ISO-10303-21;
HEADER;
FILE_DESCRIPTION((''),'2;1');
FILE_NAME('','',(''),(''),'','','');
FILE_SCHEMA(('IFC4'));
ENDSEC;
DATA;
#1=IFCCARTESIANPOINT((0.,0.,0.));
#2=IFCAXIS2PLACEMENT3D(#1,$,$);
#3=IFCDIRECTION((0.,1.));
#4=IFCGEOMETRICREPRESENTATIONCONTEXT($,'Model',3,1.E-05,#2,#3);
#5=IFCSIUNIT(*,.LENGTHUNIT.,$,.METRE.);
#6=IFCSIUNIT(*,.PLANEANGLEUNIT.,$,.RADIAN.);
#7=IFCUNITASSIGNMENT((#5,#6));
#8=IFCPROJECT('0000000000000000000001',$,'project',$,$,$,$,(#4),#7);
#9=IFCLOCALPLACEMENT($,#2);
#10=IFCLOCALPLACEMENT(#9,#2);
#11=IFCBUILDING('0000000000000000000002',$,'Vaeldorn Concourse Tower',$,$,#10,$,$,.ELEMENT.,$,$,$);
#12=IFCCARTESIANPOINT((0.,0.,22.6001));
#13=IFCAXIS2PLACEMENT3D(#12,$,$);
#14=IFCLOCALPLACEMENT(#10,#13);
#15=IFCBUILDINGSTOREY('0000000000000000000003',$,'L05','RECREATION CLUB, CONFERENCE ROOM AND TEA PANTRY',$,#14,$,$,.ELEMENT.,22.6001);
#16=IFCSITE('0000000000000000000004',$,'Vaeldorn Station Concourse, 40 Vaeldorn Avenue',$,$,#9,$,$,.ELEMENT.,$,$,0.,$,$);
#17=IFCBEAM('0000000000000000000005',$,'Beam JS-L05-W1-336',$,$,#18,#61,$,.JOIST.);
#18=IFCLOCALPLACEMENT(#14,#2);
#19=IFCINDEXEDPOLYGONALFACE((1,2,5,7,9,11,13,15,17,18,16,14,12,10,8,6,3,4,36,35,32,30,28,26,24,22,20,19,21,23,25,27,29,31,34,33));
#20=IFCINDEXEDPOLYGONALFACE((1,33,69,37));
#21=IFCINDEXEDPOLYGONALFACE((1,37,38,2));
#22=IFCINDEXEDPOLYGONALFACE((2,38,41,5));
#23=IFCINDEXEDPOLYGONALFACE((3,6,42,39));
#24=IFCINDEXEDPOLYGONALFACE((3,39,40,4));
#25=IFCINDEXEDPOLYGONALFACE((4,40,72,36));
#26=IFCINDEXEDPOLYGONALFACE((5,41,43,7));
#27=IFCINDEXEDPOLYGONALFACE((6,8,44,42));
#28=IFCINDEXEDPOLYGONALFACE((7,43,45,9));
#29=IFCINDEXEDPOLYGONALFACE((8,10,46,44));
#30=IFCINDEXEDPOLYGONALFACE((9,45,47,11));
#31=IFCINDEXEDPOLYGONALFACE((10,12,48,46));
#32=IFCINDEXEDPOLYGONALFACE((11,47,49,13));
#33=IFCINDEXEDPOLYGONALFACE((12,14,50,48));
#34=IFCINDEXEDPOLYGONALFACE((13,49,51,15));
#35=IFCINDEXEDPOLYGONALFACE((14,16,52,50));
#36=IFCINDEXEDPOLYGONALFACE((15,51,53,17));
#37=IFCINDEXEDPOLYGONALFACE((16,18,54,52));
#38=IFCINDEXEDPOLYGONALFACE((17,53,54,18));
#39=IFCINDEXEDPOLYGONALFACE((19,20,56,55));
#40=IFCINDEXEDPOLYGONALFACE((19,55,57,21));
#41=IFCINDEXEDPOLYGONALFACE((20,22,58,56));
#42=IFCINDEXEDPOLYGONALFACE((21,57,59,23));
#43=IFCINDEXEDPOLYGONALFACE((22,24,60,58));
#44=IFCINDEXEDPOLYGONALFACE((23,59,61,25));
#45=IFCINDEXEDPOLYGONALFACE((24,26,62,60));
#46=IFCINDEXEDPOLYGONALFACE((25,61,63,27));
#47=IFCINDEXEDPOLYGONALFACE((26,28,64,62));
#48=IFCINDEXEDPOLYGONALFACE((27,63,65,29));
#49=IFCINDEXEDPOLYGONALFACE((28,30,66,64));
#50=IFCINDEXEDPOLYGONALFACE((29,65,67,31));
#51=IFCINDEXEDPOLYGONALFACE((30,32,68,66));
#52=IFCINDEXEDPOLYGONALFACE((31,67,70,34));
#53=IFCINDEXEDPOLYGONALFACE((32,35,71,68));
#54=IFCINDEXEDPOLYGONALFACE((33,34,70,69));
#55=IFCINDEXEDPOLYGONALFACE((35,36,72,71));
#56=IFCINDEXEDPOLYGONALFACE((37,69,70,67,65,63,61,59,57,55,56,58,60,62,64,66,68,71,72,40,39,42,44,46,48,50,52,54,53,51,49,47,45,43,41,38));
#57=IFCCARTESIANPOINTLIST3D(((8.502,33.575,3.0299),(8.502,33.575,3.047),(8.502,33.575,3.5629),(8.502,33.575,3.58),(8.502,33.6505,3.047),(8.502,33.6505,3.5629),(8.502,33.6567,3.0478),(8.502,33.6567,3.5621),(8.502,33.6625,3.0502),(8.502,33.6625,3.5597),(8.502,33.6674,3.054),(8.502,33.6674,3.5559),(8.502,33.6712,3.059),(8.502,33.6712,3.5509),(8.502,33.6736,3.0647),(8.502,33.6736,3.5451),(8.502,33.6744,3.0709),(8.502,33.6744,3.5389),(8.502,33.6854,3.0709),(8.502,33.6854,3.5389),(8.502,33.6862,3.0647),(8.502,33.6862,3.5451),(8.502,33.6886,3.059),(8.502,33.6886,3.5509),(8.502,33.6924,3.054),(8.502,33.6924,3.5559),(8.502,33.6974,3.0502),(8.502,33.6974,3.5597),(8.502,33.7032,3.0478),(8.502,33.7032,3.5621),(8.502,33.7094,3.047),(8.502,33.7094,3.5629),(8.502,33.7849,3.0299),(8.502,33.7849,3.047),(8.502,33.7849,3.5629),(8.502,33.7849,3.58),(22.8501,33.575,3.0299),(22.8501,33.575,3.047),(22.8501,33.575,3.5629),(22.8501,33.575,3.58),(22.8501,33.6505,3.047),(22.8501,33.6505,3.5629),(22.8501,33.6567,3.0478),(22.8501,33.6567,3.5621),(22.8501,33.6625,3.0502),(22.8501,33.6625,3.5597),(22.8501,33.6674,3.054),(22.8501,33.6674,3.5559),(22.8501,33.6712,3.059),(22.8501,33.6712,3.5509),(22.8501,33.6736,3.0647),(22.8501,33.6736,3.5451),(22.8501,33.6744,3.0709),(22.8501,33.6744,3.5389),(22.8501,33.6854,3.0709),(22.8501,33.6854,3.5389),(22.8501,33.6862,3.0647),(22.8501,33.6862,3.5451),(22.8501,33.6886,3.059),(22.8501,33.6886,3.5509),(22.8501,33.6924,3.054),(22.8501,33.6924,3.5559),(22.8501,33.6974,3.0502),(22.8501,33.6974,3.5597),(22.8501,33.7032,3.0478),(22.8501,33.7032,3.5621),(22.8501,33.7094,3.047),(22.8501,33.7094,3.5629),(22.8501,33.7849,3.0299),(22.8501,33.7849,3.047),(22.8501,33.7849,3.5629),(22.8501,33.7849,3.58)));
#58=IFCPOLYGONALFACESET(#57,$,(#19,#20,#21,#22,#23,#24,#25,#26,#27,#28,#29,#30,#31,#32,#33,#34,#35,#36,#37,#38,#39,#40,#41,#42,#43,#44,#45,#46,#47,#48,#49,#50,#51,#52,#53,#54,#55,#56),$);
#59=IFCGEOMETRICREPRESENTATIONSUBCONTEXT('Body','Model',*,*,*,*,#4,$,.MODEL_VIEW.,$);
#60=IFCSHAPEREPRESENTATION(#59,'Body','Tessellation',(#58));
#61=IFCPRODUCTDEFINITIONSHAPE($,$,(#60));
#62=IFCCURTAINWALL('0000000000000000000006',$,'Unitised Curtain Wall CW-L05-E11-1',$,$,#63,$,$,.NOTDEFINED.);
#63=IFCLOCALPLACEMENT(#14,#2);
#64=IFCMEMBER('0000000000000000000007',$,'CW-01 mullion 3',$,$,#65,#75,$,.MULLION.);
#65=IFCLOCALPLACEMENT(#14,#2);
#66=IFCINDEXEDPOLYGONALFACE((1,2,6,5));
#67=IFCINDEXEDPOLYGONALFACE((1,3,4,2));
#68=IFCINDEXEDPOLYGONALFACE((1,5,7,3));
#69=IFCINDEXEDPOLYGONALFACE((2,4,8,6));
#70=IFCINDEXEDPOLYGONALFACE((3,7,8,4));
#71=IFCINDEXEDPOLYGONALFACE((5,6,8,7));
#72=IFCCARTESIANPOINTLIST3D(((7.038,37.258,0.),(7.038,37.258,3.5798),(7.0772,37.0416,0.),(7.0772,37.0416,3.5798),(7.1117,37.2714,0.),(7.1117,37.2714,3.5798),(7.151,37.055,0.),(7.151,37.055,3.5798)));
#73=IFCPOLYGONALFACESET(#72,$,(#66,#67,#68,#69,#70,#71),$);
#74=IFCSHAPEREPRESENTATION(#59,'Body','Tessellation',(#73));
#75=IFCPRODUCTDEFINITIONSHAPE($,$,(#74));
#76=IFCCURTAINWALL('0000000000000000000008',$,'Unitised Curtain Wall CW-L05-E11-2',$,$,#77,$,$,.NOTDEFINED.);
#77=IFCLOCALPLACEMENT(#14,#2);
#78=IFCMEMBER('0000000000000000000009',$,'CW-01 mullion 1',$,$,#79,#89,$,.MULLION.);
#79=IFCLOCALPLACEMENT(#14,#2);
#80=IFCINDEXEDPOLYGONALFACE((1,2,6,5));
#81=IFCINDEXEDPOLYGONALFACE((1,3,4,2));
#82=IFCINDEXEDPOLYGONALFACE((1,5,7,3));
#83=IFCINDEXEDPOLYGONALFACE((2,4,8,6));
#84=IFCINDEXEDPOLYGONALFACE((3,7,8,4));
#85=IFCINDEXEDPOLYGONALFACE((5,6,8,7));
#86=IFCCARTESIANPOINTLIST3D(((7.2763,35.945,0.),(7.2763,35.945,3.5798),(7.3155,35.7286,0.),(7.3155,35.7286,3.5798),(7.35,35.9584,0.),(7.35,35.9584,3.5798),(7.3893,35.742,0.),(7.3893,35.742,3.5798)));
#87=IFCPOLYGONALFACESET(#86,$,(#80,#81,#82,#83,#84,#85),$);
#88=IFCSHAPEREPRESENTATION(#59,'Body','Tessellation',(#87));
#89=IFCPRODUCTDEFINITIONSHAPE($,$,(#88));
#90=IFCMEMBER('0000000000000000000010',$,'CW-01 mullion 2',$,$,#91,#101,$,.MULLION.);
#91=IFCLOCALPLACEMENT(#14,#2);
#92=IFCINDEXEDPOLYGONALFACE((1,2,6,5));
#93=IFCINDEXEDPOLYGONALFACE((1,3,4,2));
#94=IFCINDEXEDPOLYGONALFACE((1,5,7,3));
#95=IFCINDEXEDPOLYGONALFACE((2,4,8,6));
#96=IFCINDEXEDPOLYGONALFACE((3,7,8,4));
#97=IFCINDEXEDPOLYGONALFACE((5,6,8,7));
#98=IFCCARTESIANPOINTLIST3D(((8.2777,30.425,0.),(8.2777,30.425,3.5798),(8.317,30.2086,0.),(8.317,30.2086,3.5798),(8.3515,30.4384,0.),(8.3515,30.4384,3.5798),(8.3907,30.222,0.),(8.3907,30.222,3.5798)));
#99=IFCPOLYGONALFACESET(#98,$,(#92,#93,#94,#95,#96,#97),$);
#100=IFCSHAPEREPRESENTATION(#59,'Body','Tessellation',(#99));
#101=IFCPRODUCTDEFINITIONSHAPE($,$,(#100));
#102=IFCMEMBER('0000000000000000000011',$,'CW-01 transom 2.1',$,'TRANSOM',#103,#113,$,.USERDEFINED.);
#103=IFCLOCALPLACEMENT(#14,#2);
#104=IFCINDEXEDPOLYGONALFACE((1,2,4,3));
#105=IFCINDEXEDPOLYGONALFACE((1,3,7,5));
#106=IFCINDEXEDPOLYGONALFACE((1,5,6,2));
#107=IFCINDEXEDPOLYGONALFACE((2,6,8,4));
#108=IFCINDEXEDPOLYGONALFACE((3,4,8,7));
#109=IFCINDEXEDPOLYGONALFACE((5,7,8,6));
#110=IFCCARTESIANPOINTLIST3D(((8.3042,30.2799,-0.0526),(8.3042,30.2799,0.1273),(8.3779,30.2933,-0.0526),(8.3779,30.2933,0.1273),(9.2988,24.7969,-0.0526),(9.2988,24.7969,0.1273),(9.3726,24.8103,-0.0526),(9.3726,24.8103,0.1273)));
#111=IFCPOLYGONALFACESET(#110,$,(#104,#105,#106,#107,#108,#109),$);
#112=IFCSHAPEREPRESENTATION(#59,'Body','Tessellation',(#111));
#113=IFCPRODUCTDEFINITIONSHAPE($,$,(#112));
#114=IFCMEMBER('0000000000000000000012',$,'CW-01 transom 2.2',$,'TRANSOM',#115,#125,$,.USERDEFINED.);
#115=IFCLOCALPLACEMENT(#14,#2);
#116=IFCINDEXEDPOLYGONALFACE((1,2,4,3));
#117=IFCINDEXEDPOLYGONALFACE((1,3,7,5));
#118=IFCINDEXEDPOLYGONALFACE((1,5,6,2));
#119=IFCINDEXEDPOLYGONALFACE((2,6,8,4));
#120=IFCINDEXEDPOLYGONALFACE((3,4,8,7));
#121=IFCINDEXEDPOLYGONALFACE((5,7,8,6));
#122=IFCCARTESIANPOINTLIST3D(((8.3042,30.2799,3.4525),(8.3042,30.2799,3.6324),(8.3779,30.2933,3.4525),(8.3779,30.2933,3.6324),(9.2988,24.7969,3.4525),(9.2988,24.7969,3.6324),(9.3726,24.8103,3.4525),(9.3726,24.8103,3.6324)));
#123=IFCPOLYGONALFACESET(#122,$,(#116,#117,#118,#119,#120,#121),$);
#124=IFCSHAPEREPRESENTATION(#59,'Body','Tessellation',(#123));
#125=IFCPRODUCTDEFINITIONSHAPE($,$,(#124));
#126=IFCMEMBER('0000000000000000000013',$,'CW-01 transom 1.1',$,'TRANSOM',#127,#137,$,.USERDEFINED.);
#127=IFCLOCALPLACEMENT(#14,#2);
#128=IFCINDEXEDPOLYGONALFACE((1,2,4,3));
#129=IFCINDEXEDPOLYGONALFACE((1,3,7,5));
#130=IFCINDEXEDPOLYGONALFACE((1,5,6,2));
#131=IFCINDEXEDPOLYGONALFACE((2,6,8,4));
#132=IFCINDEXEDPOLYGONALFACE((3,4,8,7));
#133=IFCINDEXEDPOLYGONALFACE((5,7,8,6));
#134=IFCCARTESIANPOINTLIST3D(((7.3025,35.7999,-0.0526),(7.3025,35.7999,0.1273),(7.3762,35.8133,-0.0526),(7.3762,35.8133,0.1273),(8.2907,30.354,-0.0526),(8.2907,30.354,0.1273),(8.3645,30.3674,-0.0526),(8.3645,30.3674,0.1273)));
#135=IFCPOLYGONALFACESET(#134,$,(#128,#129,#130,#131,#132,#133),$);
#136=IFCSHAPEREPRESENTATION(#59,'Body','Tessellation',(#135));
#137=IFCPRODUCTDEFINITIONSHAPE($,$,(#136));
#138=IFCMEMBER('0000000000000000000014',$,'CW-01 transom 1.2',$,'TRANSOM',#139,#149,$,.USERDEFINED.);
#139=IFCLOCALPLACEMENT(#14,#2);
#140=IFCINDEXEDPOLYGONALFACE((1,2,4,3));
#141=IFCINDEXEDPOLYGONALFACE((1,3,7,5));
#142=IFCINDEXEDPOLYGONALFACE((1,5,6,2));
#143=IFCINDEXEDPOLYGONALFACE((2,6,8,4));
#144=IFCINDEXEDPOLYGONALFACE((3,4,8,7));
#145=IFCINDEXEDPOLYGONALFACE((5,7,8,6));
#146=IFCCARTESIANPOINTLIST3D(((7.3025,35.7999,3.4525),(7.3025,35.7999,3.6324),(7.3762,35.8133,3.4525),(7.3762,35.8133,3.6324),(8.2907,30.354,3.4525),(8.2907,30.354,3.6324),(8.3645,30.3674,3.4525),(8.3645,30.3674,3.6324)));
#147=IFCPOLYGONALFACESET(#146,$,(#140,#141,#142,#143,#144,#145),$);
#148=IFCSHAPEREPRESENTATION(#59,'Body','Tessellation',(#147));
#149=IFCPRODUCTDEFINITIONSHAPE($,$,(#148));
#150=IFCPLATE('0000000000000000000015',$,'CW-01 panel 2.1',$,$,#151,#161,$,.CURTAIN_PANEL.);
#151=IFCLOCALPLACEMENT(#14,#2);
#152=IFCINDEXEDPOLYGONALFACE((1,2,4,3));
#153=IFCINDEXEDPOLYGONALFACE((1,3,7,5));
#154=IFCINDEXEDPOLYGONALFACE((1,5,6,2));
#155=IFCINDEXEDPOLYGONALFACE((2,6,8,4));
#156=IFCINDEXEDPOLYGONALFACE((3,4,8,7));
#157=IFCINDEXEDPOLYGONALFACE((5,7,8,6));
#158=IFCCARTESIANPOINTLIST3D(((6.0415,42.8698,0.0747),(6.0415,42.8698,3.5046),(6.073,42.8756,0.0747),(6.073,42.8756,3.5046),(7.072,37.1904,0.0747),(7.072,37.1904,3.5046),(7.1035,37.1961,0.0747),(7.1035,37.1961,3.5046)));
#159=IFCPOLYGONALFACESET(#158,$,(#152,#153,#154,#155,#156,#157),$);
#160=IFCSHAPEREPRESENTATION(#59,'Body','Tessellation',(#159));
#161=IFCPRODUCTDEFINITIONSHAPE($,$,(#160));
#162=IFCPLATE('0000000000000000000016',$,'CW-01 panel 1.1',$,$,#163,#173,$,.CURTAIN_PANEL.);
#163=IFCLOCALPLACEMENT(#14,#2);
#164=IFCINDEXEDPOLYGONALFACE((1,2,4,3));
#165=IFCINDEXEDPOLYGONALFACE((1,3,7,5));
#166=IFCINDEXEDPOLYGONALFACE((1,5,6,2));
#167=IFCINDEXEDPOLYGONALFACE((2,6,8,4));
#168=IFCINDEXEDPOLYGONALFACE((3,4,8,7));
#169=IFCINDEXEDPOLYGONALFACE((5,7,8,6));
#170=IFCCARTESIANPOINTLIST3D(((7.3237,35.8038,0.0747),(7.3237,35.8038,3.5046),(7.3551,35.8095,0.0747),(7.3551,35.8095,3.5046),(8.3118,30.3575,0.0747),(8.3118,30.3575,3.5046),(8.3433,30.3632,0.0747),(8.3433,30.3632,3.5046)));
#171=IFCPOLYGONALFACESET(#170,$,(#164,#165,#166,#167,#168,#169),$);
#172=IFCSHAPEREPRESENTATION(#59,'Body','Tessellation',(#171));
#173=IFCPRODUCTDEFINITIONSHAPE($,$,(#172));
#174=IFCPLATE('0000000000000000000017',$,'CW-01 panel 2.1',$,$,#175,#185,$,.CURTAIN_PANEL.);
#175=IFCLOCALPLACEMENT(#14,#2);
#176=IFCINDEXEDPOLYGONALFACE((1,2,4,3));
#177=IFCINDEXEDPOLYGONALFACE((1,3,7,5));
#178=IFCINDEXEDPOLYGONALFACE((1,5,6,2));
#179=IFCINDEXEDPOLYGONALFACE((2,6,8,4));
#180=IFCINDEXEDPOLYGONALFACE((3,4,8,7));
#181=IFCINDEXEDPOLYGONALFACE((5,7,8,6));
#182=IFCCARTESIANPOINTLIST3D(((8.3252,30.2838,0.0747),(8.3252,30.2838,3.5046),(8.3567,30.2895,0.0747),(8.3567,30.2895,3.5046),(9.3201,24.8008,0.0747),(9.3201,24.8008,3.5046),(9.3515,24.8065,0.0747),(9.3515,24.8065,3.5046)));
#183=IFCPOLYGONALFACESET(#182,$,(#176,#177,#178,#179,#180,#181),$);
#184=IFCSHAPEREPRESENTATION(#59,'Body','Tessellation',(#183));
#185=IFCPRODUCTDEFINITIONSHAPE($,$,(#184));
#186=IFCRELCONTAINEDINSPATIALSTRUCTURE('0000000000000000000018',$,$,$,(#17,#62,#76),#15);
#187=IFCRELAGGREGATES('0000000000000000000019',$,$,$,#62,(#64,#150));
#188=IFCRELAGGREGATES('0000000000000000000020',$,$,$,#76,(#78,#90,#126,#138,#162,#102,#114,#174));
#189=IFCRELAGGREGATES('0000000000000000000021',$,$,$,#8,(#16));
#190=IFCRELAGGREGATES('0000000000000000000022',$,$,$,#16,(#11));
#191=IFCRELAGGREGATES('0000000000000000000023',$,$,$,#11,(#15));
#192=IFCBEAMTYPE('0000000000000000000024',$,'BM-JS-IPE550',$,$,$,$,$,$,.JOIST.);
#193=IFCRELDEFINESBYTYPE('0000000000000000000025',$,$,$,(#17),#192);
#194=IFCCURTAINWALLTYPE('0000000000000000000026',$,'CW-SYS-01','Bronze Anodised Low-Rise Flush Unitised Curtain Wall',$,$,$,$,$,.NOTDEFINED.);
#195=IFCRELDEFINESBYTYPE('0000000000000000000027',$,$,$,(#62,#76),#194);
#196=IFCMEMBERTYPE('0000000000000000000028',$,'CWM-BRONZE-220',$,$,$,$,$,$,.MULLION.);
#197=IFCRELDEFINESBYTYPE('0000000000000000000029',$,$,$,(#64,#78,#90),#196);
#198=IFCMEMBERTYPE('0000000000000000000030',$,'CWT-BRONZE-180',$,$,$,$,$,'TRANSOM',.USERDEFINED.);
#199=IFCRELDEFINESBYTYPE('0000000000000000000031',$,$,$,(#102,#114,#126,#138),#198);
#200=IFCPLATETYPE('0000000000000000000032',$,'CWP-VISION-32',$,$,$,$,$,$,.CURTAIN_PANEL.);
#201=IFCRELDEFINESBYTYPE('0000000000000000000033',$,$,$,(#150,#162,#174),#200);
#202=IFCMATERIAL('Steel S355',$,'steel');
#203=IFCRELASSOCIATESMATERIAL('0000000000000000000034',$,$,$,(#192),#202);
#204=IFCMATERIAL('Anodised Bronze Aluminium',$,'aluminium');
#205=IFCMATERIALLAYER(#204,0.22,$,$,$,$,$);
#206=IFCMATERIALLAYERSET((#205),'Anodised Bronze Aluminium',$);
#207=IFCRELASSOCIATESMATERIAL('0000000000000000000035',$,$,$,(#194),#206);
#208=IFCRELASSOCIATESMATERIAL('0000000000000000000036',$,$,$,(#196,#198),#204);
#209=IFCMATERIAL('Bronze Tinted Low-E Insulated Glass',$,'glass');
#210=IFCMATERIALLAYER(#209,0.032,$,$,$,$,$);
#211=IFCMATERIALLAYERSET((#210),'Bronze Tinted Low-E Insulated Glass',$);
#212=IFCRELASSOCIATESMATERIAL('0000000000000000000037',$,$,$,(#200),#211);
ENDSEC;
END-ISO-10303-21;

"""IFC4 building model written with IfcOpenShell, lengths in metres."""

from ifc_helpers import new_model, si_unit, direction, frame, origin, origin_2d, place, context, subcontext, project, spatial, rectangle, i_section, extrude, source, transform, mapped, material, layer, layer_set, material_profile, profile_set, type_object, element, aggregate, save


model = new_model("IFC4")

# Units and contexts
model_context = context("Model", 3, precision=1e-05, world=origin(), true_north=direction((0.0, 1.0)))
body_context = subcontext(model_context, "Body", "Model", "MODEL_VIEW")
ifc_project = project(units=[si_unit("LENGTHUNIT", "METRE"), si_unit("PLANEANGLEUNIT", "RADIAN")], contexts=[model_context])

# Site, building, storey
site_placement = place(None, origin())
site = spatial("IfcSite", under=ifc_project, at=site_placement, Name="Vaeldorn Station Concourse, 40 Vaeldorn Avenue", CompositionType="ELEMENT", RefElevation=0.0)
building_placement = place(site_placement, origin())
building = spatial("IfcBuilding", under=site, at=building_placement, Name="Vaeldorn Concourse Tower", CompositionType="ELEMENT")
storey_placement = place(building_placement, frame((0.0, 0.0, 22.6001)))
storey = spatial("IfcBuildingStorey", under=building, at=storey_placement, Name="L05", Description="RECREATION CLUB, CONFERENCE ROOM AND TEA PANTRY", CompositionType="ELEMENT", Elevation=22.6001)

# Beam
ifc_material_1 = material(Name="Steel S355", Category="steel")
ifc_material_profile_1 = material_profile(ifc_material_1, i_section(OverallWidth=0.21, OverallDepth=0.55, WebThickness=0.011, FlangeThickness=0.0171, FilletRadius=0.0239, at=origin_2d()), Name="IPE 550")
ifc_profile_set_1 = profile_set([ifc_material_profile_1], Name="Steel S355")
beam_type_1 = type_object("IfcBeamType", Name="BM-JS-IPE550", PredefinedType="JOIST", material=ifc_profile_set_1)
shared_shape_1 = source(origin(), body_context, "Body", "SweptSolid", [
    extrude(i_section(OverallWidth=0.21, OverallDepth=0.55, WebThickness=0.011, FlangeThickness=0.0171, FilletRadius=0.0239, at=origin_2d()), origin(), (0.0, 0.0, 1.0), 14.3481),
])
beam_1_placement = place(storey_placement, frame((8.502, 33.6799, 3.3049), z_axis=(1.0, 0.0, 0.0), x_axis=(0.0, 1.0, 0.0)))
element("IfcBeam", 1, at=beam_1_placement, inside=storey, type_object=beam_type_1, Name="Beam JS-L05-W1-336", PredefinedType="JOIST", context=body_context, shape_type="MappedRepresentation", body=[
    mapped(shared_shape_1, transform((0.0, 0.0, 0.0), scale=1.0)),
])

# Curtain wall, member
ifc_material_2 = material(Name="Anodised Bronze Aluminium", Category="aluminium")
ifc_layer_1 = layer(ifc_material_2, 0.22)
ifc_layer_set_1 = layer_set([ifc_layer_1], Name="Anodised Bronze Aluminium")
curtain_wall_type = type_object("IfcCurtainWallType", Name="CW-SYS-01", Description="Bronze Anodised Low-Rise Flush Unitised Curtain Wall", PredefinedType="NOTDEFINED", material=ifc_layer_set_1)
curtain_wall_1_placement = place(storey_placement, origin())
curtain_wall_1 = element("IfcCurtainWall", 2, at=curtain_wall_1_placement, inside=storey, type_object=curtain_wall_type, Name="Unitised Curtain Wall CW-L05-E11-1", PredefinedType="NOTDEFINED")
ifc_material_profile_2 = material_profile(ifc_material_2, rectangle(XDim=0.075, YDim=0.22, at=origin_2d()), Name="CWM 75x220")
ifc_profile_set_2 = profile_set([ifc_material_profile_2], Name="Anodised Bronze Aluminium")
member_type_1 = type_object("IfcMemberType", Name="CWM-BRONZE-220", PredefinedType="MULLION", material=ifc_profile_set_2)
shared_shape_2 = source(origin(), body_context, "Body", "SweptSolid", [
    extrude(rectangle(XDim=0.075, YDim=0.22, at=origin_2d()), origin(), (0.0, 0.0, 1.0), 3.5798),
])
member_1_placement = place(storey_placement, frame((7.0945, 37.1565, 0.0), z_axis=(0.0, 0.0, 1.0), x_axis=(0.983935, 0.178528, 0.0)))
member_1 = element("IfcMember", 3, at=member_1_placement, type_object=member_type_1, Name="CW-01 mullion 3", PredefinedType="MULLION", context=body_context, shape_type="MappedRepresentation", body=[
    mapped(shared_shape_2, transform((0.0, 0.0, 0.0), scale=1.0)),
])

# Curtain wall, members
curtain_wall_2_placement = place(storey_placement, origin())
curtain_wall_2 = element("IfcCurtainWall", 4, at=curtain_wall_2_placement, inside=storey, type_object=curtain_wall_type, Name="Unitised Curtain Wall CW-L05-E11-2", PredefinedType="NOTDEFINED")
member_2_placement = place(storey_placement, frame((7.3328, 35.8435, 0.0), z_axis=(0.0, 0.0, 1.0), x_axis=(0.983935, 0.178526, 0.0)))
member_2 = element("IfcMember", 5, at=member_2_placement, type_object=member_type_1, Name="CW-01 mullion 1", PredefinedType="MULLION", context=body_context, shape_type="MappedRepresentation", body=[
    mapped(shared_shape_2, transform((0.0, 0.0, 0.0), scale=1.0)),
])
member_3_placement = place(storey_placement, frame((8.3342, 30.3235, 0.0), z_axis=(0.0, 0.0, 1.0), x_axis=(0.983935, 0.178526, 0.0)))
member_3 = element("IfcMember", 6, at=member_3_placement, type_object=member_type_1, Name="CW-01 mullion 2", PredefinedType="MULLION", context=body_context, shape_type="MappedRepresentation", body=[
    mapped(shared_shape_2, transform((0.0, 0.0, 0.0), scale=1.0)),
])
ifc_material_profile_3 = material_profile(ifc_material_2, rectangle(XDim=0.075, YDim=0.1799, at=origin_2d()), Name="CWT 75x180")
ifc_profile_set_3 = profile_set([ifc_material_profile_3], Name="Anodised Bronze Aluminium")
member_type_2 = type_object("IfcMemberType", Name="CWT-BRONZE-180", ElementType="TRANSOM", PredefinedType="USERDEFINED", material=ifc_profile_set_3)
shared_shape_3 = source(origin(), body_context, "Body", "SweptSolid", [
    extrude(rectangle(XDim=0.075, YDim=0.1799, at=origin_2d()), origin(), (0.0, 0.0, 1.0), 5.5725),
])
member_4_placement = place(storey_placement, frame((8.3411, 30.2866, 0.0374), z_axis=(0.178492, -0.983941, 0.0), x_axis=(0.983941, 0.178492, 0.0)))
member_4 = element("IfcMember", 7, at=member_4_placement, type_object=member_type_2, Name="CW-01 transom 2.1", ObjectType="TRANSOM", PredefinedType="USERDEFINED", context=body_context, shape_type="MappedRepresentation", body=[
    mapped(shared_shape_3, transform((0.0, 0.0, 0.0), scale=1.0)),
])
member_5_placement = place(storey_placement, frame((8.3411, 30.2866, 3.5425), z_axis=(0.178492, -0.983941, 0.0), x_axis=(0.983941, 0.178492, 0.0)))
member_5 = element("IfcMember", 8, at=member_5_placement, type_object=member_type_2, Name="CW-01 transom 2.2", ObjectType="TRANSOM", PredefinedType="USERDEFINED", context=body_context, shape_type="MappedRepresentation", body=[
    mapped(shared_shape_3, transform((0.0, 0.0, 0.0), scale=1.0)),
])
shared_shape_4 = source(origin(), body_context, "Body", "SweptSolid", [
    extrude(rectangle(XDim=0.075, YDim=0.1799, at=origin_2d()), origin(), (0.0, 0.0, 1.0), 5.5349),
])
member_6_placement = place(storey_placement, frame((7.3394, 35.8066, 0.0374), z_axis=(0.178552, -0.983931, 0.0), x_axis=(0.983931, 0.178552, 0.0)))
member_6 = element("IfcMember", 9, at=member_6_placement, type_object=member_type_2, Name="CW-01 transom 1.1", ObjectType="TRANSOM", PredefinedType="USERDEFINED", context=body_context, shape_type="MappedRepresentation", body=[
    mapped(shared_shape_4, transform((0.0, 0.0, 0.0), scale=1.0)),
])
member_7_placement = place(storey_placement, frame((7.3394, 35.8066, 3.5425), z_axis=(0.178552, -0.983931, 0.0), x_axis=(0.983931, 0.178552, 0.0)))
member_7 = element("IfcMember", 10, at=member_7_placement, type_object=member_type_2, Name="CW-01 transom 1.2", ObjectType="TRANSOM", PredefinedType="USERDEFINED", context=body_context, shape_type="MappedRepresentation", body=[
    mapped(shared_shape_4, transform((0.0, 0.0, 0.0), scale=1.0)),
])

# Plates
ifc_material_3 = material(Name="Bronze Tinted Low-E Insulated Glass", Category="glass")
ifc_layer_2 = layer(ifc_material_3, 0.032)
ifc_layer_set_2 = layer_set([ifc_layer_2], Name="Bronze Tinted Low-E Insulated Glass")
plate_type = type_object("IfcPlateType", Name="CWP-VISION-32", PredefinedType="CURTAIN_PANEL", material=ifc_layer_set_2)
shared_shape_5 = source(origin(), body_context, "Body", "SweptSolid", [
    extrude(rectangle(XDim=5.7722, YDim=0.032, at=origin_2d()), origin(), (0.0, 0.0, 1.0), 3.4299),
])
plate_1_placement = place(storey_placement, frame((6.5725, 40.033, 0.0747), z_axis=(0.0, 0.0, 1.0), x_axis=(0.178528, -0.983935, 0.0)))
plate_1 = element("IfcPlate", 11, at=plate_1_placement, type_object=plate_type, Name="CW-01 panel 2.1", PredefinedType="CURTAIN_PANEL", context=body_context, shape_type="MappedRepresentation", body=[
    mapped(shared_shape_5, transform((0.0, 0.0, 0.0), scale=1.0)),
])
aggregate(curtain_wall_1, [member_1, plate_1])
shared_shape_6 = source(origin(), body_context, "Body", "SweptSolid", [
    extrude(rectangle(XDim=5.5352, YDim=0.032, at=origin_2d()), origin(), (0.0, 0.0, 1.0), 3.4299),
])
plate_2_placement = place(storey_placement, frame((7.8335, 33.0835, 0.0747), z_axis=(0.0, 0.0, 1.0), x_axis=(0.178526, -0.983935, 0.0)))
plate_2 = element("IfcPlate", 12, at=plate_2_placement, type_object=plate_type, Name="CW-01 panel 1.1", PredefinedType="CURTAIN_PANEL", context=body_context, shape_type="MappedRepresentation", body=[
    mapped(shared_shape_6, transform((0.0, 0.0, 0.0), scale=1.0)),
])
shared_shape_7 = source(origin(), body_context, "Body", "SweptSolid", [
    extrude(rectangle(XDim=5.5725, YDim=0.032, at=origin_2d()), origin(), (0.0, 0.0, 1.0), 3.4299),
])
plate_3_placement = place(storey_placement, frame((8.8384, 27.5452, 0.0747), z_axis=(0.0, 0.0, 1.0), x_axis=(0.178526, -0.983935, 0.0)))
plate_3 = element("IfcPlate", 13, at=plate_3_placement, type_object=plate_type, Name="CW-01 panel 2.1", PredefinedType="CURTAIN_PANEL", context=body_context, shape_type="MappedRepresentation", body=[
    mapped(shared_shape_7, transform((0.0, 0.0, 0.0), scale=1.0)),
])
aggregate(curtain_wall_2, [member_2, member_3, member_6, member_7, plate_2, member_4, member_5, plate_3])

save(model, "model.ifc")
